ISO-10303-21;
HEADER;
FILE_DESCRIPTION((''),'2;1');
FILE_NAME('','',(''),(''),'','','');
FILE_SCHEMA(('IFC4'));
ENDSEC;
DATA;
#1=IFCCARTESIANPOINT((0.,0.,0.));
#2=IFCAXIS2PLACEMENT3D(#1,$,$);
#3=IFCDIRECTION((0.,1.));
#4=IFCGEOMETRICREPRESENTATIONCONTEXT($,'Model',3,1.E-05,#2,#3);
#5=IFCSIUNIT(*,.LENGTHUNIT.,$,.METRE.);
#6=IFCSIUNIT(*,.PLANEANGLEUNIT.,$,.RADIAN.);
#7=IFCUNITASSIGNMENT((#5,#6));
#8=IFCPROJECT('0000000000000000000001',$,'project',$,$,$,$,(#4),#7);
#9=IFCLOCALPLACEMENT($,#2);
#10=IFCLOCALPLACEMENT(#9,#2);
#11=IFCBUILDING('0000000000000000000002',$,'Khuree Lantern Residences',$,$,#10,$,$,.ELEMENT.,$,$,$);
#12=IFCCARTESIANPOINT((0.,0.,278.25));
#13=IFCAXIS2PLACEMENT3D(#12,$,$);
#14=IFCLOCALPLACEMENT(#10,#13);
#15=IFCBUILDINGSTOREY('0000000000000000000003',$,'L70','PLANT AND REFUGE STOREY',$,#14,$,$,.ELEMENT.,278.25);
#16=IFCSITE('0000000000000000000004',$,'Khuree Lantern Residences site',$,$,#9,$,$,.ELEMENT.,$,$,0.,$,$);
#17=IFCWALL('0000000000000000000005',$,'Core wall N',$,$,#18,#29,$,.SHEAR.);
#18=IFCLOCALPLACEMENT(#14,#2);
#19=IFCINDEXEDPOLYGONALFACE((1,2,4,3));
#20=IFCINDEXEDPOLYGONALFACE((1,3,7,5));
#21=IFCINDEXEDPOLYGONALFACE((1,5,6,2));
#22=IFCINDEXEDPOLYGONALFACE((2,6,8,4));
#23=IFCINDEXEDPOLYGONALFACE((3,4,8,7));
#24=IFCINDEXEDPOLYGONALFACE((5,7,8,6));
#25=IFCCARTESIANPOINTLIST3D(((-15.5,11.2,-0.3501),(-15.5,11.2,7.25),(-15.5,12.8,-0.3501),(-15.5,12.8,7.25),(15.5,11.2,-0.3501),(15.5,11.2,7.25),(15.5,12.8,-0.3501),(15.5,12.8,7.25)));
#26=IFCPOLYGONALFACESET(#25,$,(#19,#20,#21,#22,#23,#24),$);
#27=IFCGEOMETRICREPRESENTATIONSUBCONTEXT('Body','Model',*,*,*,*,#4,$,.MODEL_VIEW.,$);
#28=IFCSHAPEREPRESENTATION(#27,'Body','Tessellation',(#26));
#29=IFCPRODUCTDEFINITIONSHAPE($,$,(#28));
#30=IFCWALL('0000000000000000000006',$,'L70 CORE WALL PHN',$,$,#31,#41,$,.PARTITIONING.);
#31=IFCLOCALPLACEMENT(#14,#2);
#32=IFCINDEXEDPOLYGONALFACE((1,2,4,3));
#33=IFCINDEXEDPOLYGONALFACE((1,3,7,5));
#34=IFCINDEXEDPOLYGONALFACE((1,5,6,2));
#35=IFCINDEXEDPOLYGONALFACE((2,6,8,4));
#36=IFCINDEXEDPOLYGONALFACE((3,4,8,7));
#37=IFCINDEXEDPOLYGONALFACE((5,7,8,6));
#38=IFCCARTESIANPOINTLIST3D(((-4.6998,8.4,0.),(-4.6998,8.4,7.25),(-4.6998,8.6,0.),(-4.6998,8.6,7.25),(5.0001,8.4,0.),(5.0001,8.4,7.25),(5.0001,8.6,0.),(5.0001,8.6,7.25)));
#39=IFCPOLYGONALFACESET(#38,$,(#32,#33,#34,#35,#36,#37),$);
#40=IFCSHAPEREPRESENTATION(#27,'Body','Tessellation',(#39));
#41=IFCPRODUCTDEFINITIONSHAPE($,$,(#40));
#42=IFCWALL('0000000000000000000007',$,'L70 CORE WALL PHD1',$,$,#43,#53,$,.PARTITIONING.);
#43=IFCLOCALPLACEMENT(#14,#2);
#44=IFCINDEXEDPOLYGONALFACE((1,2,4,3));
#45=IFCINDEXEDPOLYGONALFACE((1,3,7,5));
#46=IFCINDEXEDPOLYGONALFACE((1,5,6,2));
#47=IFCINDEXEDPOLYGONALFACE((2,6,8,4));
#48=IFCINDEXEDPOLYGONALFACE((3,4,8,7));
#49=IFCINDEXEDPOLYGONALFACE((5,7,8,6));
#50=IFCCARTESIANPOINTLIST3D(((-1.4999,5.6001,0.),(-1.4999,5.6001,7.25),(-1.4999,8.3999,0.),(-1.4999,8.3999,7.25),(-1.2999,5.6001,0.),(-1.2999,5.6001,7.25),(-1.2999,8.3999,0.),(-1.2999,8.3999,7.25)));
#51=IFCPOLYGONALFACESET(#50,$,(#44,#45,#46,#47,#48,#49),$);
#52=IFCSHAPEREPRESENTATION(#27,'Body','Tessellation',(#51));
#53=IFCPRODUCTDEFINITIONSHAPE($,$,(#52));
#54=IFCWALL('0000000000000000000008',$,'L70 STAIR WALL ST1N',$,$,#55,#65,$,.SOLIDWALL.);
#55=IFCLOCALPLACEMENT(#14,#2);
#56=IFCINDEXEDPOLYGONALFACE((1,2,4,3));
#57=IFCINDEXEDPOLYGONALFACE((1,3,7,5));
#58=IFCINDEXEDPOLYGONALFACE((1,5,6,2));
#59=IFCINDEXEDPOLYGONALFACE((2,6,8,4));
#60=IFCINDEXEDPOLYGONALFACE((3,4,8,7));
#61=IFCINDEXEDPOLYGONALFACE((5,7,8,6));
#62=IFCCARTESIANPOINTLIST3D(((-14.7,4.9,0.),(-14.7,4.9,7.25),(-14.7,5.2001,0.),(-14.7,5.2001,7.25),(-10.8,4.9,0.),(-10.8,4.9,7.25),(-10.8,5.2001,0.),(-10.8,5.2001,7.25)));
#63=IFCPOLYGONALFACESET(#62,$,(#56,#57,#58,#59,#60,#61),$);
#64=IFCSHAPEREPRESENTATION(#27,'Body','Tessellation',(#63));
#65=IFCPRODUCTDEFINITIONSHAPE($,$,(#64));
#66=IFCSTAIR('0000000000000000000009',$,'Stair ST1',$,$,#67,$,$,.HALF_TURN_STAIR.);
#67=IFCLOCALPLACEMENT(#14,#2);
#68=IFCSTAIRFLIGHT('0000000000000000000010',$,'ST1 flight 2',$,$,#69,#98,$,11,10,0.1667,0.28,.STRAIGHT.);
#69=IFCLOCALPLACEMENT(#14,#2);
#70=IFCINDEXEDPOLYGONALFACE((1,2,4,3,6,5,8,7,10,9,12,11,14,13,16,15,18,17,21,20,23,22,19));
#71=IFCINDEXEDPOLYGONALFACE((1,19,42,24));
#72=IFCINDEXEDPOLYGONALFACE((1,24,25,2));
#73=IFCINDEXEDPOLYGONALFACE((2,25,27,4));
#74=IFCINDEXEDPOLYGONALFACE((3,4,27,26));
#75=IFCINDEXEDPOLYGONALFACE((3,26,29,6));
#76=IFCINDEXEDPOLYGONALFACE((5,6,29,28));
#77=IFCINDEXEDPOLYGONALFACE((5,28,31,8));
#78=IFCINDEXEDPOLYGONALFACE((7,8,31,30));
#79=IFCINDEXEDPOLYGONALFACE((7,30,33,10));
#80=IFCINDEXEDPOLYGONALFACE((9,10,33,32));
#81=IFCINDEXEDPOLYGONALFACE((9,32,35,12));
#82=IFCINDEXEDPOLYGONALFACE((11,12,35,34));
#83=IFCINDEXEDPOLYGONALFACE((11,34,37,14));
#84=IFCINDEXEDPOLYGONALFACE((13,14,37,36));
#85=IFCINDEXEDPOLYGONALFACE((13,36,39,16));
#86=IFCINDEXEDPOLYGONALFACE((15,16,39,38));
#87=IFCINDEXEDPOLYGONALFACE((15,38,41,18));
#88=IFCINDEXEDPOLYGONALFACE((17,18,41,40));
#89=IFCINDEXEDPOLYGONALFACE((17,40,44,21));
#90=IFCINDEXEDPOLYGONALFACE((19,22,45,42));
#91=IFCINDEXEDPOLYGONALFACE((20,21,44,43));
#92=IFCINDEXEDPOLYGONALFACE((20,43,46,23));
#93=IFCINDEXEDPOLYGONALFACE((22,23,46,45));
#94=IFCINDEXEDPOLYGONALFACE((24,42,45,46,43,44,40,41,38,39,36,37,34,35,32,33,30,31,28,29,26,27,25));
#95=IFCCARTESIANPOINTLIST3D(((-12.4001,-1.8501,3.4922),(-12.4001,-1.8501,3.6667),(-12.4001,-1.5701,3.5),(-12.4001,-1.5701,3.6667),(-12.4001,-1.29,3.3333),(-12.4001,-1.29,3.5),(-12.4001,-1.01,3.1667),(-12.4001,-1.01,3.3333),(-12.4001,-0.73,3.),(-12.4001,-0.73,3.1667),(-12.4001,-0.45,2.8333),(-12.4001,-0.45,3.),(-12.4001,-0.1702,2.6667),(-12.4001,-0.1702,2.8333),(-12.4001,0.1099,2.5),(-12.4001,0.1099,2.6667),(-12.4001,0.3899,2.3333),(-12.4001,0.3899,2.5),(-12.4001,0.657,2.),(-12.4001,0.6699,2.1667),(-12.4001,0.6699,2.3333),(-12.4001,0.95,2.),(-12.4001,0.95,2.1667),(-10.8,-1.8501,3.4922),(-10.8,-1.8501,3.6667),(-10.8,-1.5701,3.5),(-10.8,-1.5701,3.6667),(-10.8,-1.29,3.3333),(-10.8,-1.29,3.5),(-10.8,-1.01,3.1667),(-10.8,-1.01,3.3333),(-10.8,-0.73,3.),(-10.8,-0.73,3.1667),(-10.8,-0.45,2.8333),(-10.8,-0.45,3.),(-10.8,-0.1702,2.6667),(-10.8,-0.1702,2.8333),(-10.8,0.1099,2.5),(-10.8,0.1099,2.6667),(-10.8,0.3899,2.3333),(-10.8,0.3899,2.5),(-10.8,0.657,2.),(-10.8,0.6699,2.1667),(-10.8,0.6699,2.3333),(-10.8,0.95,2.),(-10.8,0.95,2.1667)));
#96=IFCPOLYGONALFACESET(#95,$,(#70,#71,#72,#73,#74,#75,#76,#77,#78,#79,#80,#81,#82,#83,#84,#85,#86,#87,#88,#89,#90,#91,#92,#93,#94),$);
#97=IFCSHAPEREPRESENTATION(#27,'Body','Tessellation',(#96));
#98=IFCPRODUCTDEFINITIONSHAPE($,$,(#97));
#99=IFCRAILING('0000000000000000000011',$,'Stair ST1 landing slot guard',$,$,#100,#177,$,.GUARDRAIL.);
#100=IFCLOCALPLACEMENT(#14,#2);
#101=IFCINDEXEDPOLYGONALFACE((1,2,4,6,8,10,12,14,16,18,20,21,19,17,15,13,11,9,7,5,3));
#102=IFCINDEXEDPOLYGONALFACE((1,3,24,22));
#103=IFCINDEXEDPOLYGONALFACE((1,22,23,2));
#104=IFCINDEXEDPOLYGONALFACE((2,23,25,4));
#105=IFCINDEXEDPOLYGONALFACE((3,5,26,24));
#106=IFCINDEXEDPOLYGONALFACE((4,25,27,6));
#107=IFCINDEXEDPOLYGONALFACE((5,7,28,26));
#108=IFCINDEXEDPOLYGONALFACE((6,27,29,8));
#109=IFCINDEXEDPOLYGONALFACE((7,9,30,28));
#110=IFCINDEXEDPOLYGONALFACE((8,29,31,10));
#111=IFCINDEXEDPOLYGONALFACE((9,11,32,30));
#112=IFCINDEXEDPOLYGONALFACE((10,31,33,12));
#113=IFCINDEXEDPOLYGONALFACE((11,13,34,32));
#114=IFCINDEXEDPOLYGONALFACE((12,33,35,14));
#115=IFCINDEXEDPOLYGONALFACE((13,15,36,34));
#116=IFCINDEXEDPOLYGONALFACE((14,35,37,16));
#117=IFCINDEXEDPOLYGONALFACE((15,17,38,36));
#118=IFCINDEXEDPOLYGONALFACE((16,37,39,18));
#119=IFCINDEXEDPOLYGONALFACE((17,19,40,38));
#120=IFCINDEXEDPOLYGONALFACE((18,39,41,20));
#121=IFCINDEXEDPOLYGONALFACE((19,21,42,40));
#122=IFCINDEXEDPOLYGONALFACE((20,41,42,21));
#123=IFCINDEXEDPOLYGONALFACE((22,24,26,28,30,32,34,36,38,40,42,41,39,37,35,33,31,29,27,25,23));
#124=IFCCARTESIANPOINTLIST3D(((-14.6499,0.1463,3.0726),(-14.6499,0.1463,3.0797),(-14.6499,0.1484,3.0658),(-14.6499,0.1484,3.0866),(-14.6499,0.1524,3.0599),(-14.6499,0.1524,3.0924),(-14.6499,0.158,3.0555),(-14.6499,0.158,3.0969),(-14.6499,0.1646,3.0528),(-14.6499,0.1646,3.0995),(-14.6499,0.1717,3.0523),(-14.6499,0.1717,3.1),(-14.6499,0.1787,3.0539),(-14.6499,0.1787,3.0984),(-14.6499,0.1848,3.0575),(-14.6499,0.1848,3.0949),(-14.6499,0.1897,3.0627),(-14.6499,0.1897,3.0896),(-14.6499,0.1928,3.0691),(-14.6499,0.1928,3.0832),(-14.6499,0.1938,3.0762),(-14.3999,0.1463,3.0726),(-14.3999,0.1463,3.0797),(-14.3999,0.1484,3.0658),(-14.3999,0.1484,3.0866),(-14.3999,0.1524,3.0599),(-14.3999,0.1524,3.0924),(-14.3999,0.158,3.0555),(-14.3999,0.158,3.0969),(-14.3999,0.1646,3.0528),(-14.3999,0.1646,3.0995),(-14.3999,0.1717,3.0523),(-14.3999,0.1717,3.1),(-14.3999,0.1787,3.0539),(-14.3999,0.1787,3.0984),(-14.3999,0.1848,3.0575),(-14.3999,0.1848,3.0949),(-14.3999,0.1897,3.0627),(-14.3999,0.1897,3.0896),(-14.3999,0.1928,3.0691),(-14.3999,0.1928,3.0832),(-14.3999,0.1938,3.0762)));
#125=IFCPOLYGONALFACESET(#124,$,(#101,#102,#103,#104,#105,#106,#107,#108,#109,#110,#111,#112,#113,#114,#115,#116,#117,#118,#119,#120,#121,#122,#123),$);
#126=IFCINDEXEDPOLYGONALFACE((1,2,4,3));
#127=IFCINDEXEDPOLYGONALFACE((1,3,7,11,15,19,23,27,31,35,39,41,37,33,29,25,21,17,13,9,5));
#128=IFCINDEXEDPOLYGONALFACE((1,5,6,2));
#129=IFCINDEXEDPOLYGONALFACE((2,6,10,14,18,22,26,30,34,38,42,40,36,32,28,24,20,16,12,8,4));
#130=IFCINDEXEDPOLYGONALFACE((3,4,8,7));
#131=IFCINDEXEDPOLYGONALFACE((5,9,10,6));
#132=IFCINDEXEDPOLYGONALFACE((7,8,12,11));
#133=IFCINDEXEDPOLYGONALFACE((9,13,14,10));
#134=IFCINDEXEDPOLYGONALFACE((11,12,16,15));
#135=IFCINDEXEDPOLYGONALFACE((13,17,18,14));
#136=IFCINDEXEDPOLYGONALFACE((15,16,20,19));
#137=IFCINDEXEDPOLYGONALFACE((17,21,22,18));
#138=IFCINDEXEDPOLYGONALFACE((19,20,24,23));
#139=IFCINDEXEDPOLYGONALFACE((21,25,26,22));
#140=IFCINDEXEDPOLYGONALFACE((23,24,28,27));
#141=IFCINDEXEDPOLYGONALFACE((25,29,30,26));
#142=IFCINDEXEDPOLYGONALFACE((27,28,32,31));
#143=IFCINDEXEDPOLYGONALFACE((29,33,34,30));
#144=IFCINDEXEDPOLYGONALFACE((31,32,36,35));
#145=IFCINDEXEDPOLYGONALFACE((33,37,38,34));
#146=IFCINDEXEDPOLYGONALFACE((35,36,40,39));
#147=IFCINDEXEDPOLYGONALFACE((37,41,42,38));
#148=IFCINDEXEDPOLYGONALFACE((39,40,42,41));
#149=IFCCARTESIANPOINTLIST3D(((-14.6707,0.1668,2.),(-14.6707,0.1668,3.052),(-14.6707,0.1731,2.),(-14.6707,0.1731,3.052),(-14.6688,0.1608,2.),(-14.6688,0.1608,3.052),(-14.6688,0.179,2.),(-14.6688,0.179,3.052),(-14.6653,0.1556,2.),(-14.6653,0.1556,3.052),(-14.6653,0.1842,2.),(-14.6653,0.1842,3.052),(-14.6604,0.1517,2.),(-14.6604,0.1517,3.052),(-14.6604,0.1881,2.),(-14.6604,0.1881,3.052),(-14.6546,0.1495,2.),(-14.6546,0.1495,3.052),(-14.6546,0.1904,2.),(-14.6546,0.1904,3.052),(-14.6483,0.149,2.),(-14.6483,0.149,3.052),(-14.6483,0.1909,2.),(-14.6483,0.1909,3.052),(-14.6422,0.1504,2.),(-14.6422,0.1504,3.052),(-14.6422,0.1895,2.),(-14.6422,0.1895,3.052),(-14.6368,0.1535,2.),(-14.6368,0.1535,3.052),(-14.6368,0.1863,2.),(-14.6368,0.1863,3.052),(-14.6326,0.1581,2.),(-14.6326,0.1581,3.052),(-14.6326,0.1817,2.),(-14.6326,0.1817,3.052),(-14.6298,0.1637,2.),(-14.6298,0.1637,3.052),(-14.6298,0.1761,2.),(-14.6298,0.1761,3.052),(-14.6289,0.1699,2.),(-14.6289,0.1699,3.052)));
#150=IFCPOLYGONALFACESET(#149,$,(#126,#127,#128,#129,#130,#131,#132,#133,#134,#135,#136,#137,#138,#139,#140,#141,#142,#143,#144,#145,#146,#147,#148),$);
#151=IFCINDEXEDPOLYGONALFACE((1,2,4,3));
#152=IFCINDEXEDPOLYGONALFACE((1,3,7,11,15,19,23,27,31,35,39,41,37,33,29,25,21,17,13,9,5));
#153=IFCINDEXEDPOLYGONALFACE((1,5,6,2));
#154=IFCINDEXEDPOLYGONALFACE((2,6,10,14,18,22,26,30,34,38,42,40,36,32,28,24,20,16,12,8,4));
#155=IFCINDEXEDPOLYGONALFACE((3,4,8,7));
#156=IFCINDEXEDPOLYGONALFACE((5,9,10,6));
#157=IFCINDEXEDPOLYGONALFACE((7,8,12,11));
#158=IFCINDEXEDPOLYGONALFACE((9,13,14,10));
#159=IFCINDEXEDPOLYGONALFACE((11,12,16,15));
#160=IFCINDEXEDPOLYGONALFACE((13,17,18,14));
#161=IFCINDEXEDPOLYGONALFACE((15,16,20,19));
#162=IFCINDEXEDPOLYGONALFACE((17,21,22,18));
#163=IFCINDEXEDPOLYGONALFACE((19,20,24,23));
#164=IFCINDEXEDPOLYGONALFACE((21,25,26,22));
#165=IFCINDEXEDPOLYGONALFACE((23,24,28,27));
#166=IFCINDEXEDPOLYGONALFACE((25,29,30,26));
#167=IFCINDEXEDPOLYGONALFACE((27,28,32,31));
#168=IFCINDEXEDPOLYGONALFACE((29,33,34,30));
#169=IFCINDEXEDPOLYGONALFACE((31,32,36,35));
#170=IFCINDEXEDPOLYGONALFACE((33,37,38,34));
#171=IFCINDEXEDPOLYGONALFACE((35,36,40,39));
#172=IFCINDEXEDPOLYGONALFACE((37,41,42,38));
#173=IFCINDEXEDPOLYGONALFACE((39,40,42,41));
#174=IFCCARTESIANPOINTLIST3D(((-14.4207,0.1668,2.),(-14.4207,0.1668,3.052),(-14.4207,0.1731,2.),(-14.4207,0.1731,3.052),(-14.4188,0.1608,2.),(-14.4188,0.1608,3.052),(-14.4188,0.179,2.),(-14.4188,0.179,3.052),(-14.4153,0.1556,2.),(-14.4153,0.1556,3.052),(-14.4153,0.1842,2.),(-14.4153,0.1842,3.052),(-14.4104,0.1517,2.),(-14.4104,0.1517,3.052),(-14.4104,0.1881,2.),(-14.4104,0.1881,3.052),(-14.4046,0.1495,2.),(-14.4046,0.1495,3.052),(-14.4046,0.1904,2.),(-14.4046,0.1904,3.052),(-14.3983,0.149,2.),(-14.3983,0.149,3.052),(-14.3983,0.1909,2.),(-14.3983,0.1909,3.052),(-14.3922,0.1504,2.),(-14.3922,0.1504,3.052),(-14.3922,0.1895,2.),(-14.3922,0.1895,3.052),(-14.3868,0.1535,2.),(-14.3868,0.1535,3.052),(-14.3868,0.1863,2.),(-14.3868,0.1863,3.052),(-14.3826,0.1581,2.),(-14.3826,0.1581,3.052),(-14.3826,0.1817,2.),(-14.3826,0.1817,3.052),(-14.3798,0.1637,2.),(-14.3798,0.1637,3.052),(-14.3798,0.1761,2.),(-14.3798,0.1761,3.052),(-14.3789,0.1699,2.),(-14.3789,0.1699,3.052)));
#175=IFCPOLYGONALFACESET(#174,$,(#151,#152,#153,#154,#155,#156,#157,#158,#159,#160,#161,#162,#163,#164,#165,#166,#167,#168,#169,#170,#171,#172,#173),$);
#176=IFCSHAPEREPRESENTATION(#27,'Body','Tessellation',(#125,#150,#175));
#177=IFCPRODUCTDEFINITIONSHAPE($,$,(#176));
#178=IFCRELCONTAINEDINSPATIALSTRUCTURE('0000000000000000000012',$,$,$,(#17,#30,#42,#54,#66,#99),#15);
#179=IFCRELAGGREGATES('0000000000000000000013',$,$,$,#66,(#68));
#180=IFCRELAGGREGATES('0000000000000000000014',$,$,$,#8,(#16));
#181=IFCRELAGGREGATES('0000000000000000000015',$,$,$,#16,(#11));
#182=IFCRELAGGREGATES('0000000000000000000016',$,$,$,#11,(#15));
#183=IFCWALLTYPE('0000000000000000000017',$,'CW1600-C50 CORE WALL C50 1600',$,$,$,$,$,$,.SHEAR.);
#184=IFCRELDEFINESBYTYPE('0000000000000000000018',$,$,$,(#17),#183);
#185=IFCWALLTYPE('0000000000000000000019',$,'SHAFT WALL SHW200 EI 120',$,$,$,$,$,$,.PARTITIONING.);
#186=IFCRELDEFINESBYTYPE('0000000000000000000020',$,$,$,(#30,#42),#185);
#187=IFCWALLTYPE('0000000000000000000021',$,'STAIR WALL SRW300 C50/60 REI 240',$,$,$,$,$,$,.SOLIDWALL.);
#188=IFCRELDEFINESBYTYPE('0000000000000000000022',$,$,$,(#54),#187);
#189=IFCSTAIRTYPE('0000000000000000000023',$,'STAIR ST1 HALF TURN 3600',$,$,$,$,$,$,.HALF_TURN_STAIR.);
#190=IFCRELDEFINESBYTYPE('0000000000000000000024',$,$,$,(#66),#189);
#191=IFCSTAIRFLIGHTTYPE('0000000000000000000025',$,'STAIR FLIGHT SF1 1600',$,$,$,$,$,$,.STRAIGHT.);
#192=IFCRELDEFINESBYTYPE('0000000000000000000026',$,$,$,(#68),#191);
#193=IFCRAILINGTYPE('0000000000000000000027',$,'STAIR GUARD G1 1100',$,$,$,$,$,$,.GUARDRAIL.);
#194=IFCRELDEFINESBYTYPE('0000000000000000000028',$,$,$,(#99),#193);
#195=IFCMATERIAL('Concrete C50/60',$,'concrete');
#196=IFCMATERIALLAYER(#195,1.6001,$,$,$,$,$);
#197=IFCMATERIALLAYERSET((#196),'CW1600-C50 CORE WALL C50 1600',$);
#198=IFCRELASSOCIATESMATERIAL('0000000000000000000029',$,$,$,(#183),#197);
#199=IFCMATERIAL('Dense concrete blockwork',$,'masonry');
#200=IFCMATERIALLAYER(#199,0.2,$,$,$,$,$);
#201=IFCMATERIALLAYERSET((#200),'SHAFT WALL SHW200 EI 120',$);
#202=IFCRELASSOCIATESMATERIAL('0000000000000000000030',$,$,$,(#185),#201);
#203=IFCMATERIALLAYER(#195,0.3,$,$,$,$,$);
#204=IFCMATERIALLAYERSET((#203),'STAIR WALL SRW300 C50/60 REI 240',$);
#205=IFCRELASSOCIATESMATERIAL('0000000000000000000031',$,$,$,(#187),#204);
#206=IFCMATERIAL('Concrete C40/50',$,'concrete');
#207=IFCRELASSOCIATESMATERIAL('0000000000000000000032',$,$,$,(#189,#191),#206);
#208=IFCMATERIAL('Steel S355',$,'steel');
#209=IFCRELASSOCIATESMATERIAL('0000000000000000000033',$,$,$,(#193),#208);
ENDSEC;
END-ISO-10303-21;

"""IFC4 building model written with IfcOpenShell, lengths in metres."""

from ifc_helpers import new_model, si_unit, direction, frame, frame_2d, origin, origin_2d, place, context, subcontext, project, spatial, polyline, rectangle, circle, outline, extrude, material, layer, layer_set, type_object, element, aggregate, save


model = new_model("IFC4")

# Units and contexts
model_context = context("Model", 3, precision=1e-05, world=origin(), true_north=direction((0.0, 1.0)))
body_context = subcontext(model_context, "Body", "Model", "MODEL_VIEW")
ifc_project = project(units=[si_unit("LENGTHUNIT", "METRE"), si_unit("PLANEANGLEUNIT", "RADIAN")], contexts=[model_context])

# Site, building, storey
site_placement = place(None, origin())
site = spatial("IfcSite", under=ifc_project, at=site_placement, Name="Khuree Lantern Residences site", CompositionType="ELEMENT", RefElevation=0.0)
building_placement = place(site_placement, origin())
building = spatial("IfcBuilding", under=site, at=building_placement, Name="Khuree Lantern Residences", CompositionType="ELEMENT")
storey_placement = place(building_placement, frame((0.0, 0.0, 278.25)))
storey = spatial("IfcBuildingStorey", under=building, at=storey_placement, Name="L70", Description="PLANT AND REFUGE STOREY", CompositionType="ELEMENT", Elevation=278.25)

# Shared definitions
ifc_material_1 = material(Name="Steel S355", Category="steel")

# Shared definitions
ifc_material_2 = material(Name="Dense concrete blockwork", Category="masonry")

# Walls
ifc_material_3 = material(Name="Concrete C50/60", Category="concrete")
ifc_layer_1 = layer(ifc_material_3, 1.6001)
ifc_layer_set_1 = layer_set([ifc_layer_1], Name="CW1600-C50 CORE WALL C50 1600")
wall_type_1 = type_object("IfcWallType", Name="CW1600-C50 CORE WALL C50 1600", PredefinedType="SHEAR", material=ifc_layer_set_1)
wall_1_placement = place(storey_placement, frame((-15.5, 12.0, -0.3501), z_axis=(0.0, 0.0, 1.0), x_axis=(1.0, 0.0, 0.0)))
element("IfcWall", 1, at=wall_1_placement, inside=storey, type_object=wall_type_1, Name="Core wall N", PredefinedType="SHEAR", context=body_context, shape_type="SweptSolid", body=[
    extrude(rectangle(XDim=31.0, YDim=1.6001, at=frame_2d((15.5, 0.0))), origin(), (0.0, 0.0, 1.0), 7.6001),
])
ifc_layer_2 = layer(ifc_material_2, 0.2)
ifc_layer_set_2 = layer_set([ifc_layer_2], Name="SHAFT WALL SHW200 EI 120")
wall_type_2 = type_object("IfcWallType", Name="SHAFT WALL SHW200 EI 120", PredefinedType="PARTITIONING", material=ifc_layer_set_2)
wall_2_placement = place(storey_placement, frame((-4.7, 8.5, 0.0), z_axis=(0.0, 0.0, 1.0), x_axis=(1.0, 0.0, 0.0)))
element("IfcWall", 2, at=wall_2_placement, inside=storey, type_object=wall_type_2, Name="L70 CORE WALL PHN", PredefinedType="PARTITIONING", context=body_context, shape_type="SweptSolid", body=[
    extrude(rectangle(XDim=9.7, YDim=0.2, at=frame_2d((4.8501, 0.0))), origin(), (0.0, 0.0, 1.0), 7.25),
])
wall_3_placement = place(storey_placement, frame((-1.3999, 5.6001, 0.0), z_axis=(0.0, 0.0, 1.0), x_axis=(0.0, 1.0, 0.0)))
element("IfcWall", 3, at=wall_3_placement, inside=storey, type_object=wall_type_2, Name="L70 CORE WALL PHD1", PredefinedType="PARTITIONING", context=body_context, shape_type="SweptSolid", body=[
    extrude(rectangle(XDim=2.7998, YDim=0.2, at=frame_2d((1.3999, 0.0))), origin(), (0.0, 0.0, 1.0), 7.25),
])
ifc_layer_3 = layer(ifc_material_3, 0.3)
ifc_layer_set_3 = layer_set([ifc_layer_3], Name="STAIR WALL SRW300 C50/60 REI 240")
wall_type_3 = type_object("IfcWallType", Name="STAIR WALL SRW300 C50/60 REI 240", PredefinedType="SOLIDWALL", material=ifc_layer_set_3)
wall_4_placement = place(storey_placement, frame((-14.7, 5.05, 0.0), z_axis=(0.0, 0.0, 1.0), x_axis=(1.0, 0.0, 0.0)))
element("IfcWall", 4, at=wall_4_placement, inside=storey, type_object=wall_type_3, Name="L70 STAIR WALL ST1N", PredefinedType="SOLIDWALL", context=body_context, shape_type="SweptSolid", body=[
    extrude(rectangle(XDim=3.8999, YDim=0.3, at=frame_2d((1.95, 0.0))), origin(), (0.0, 0.0, 1.0), 7.25),
])

# Stair, stair flight
ifc_material_4 = material(Name="Concrete C40/50", Category="concrete")
stair_type = type_object("IfcStairType", Name="STAIR ST1 HALF TURN 3600", PredefinedType="HALF_TURN_STAIR", material=ifc_material_4)
stair_placement = place(storey_placement, origin())
stair = element("IfcStair", 5, at=stair_placement, inside=storey, type_object=stair_type, Name="Stair ST1", PredefinedType="HALF_TURN_STAIR")
stair_flight_type = type_object("IfcStairFlightType", Name="STAIR FLIGHT SF1 1600", PredefinedType="STRAIGHT", material=ifc_material_4)
stair_flight_placement = place(storey_placement, frame((-11.6001, 0.95, 2.0), z_axis=(0.0, 0.0, 1.0), x_axis=(0.0, -1.0, 0.0)))
stair_flight = element("IfcStairFlight", 6, at=stair_flight_placement, type_object=stair_flight_type, Name="ST1 flight 2", NumberOfRisers=11, NumberOfTreads=10, PredefinedType="STRAIGHT", RiserHeight=0.1667, TreadLength=0.28, context=body_context, shape_type="SweptSolid", body=[
    extrude(outline(polyline([(0.0, 0.0), (0.0, 0.1667), (0.28, 0.1667), (0.28, 0.3333), (0.5601, 0.3333), (0.5601, 0.5), (0.8401, 0.5), (0.8401, 0.6667), (1.1201, 0.6667), (1.1201, 0.8333), (1.3999, 0.8333), (1.3999, 1.0), (1.6799, 1.0), (1.6799, 1.1667), (1.96, 1.1667), (1.96, 1.3333), (2.24, 1.3333), (2.24, 1.5), (2.52, 1.5), (2.52, 1.6667), (2.8, 1.6667), (2.8, 1.8333), (2.8, 1.4922), (0.293, 0.0), (0.0, 0.0)])), frame((0.0, 0.8, 0.0), z_axis=(0.0, -1.0, 0.0), x_axis=(1.0, 0.0, 0.0)), (0.0, 0.0, 1.0), 1.6001),
])
aggregate(stair, [stair_flight])

# Railing
railing_type = type_object("IfcRailingType", Name="STAIR GUARD G1 1100", PredefinedType="GUARDRAIL", material=ifc_material_1)
for number, where, name in (
    (7, (-14.6499, 0.1699, 2.0), "Stair ST1 landing slot guard"),
):
    element("IfcRailing", number, at=place(storey_placement, frame(where)), inside=storey, type_object=railing_type, Name=name, PredefinedType="GUARDRAIL", context=body_context, shape_type="SweptSolid", body=[
        extrude(circle(Radius=0.0239, at=origin_2d()), frame((0.0, 0.0, 1.0762), z_axis=(1.0, 0.0, 0.0), x_axis=(0.0, 1.0, 0.0)), (0.0, 0.0, 1.0), 0.25),
        extrude(circle(Radius=0.021, at=origin_2d()), origin(), (0.0, 0.0, 1.0), 1.052),
        extrude(circle(Radius=0.021, at=origin_2d()), frame((0.25, 0.0, 0.0)), (0.0, 0.0, 1.0), 1.052),
    ])

save(model, "model.ifc")
